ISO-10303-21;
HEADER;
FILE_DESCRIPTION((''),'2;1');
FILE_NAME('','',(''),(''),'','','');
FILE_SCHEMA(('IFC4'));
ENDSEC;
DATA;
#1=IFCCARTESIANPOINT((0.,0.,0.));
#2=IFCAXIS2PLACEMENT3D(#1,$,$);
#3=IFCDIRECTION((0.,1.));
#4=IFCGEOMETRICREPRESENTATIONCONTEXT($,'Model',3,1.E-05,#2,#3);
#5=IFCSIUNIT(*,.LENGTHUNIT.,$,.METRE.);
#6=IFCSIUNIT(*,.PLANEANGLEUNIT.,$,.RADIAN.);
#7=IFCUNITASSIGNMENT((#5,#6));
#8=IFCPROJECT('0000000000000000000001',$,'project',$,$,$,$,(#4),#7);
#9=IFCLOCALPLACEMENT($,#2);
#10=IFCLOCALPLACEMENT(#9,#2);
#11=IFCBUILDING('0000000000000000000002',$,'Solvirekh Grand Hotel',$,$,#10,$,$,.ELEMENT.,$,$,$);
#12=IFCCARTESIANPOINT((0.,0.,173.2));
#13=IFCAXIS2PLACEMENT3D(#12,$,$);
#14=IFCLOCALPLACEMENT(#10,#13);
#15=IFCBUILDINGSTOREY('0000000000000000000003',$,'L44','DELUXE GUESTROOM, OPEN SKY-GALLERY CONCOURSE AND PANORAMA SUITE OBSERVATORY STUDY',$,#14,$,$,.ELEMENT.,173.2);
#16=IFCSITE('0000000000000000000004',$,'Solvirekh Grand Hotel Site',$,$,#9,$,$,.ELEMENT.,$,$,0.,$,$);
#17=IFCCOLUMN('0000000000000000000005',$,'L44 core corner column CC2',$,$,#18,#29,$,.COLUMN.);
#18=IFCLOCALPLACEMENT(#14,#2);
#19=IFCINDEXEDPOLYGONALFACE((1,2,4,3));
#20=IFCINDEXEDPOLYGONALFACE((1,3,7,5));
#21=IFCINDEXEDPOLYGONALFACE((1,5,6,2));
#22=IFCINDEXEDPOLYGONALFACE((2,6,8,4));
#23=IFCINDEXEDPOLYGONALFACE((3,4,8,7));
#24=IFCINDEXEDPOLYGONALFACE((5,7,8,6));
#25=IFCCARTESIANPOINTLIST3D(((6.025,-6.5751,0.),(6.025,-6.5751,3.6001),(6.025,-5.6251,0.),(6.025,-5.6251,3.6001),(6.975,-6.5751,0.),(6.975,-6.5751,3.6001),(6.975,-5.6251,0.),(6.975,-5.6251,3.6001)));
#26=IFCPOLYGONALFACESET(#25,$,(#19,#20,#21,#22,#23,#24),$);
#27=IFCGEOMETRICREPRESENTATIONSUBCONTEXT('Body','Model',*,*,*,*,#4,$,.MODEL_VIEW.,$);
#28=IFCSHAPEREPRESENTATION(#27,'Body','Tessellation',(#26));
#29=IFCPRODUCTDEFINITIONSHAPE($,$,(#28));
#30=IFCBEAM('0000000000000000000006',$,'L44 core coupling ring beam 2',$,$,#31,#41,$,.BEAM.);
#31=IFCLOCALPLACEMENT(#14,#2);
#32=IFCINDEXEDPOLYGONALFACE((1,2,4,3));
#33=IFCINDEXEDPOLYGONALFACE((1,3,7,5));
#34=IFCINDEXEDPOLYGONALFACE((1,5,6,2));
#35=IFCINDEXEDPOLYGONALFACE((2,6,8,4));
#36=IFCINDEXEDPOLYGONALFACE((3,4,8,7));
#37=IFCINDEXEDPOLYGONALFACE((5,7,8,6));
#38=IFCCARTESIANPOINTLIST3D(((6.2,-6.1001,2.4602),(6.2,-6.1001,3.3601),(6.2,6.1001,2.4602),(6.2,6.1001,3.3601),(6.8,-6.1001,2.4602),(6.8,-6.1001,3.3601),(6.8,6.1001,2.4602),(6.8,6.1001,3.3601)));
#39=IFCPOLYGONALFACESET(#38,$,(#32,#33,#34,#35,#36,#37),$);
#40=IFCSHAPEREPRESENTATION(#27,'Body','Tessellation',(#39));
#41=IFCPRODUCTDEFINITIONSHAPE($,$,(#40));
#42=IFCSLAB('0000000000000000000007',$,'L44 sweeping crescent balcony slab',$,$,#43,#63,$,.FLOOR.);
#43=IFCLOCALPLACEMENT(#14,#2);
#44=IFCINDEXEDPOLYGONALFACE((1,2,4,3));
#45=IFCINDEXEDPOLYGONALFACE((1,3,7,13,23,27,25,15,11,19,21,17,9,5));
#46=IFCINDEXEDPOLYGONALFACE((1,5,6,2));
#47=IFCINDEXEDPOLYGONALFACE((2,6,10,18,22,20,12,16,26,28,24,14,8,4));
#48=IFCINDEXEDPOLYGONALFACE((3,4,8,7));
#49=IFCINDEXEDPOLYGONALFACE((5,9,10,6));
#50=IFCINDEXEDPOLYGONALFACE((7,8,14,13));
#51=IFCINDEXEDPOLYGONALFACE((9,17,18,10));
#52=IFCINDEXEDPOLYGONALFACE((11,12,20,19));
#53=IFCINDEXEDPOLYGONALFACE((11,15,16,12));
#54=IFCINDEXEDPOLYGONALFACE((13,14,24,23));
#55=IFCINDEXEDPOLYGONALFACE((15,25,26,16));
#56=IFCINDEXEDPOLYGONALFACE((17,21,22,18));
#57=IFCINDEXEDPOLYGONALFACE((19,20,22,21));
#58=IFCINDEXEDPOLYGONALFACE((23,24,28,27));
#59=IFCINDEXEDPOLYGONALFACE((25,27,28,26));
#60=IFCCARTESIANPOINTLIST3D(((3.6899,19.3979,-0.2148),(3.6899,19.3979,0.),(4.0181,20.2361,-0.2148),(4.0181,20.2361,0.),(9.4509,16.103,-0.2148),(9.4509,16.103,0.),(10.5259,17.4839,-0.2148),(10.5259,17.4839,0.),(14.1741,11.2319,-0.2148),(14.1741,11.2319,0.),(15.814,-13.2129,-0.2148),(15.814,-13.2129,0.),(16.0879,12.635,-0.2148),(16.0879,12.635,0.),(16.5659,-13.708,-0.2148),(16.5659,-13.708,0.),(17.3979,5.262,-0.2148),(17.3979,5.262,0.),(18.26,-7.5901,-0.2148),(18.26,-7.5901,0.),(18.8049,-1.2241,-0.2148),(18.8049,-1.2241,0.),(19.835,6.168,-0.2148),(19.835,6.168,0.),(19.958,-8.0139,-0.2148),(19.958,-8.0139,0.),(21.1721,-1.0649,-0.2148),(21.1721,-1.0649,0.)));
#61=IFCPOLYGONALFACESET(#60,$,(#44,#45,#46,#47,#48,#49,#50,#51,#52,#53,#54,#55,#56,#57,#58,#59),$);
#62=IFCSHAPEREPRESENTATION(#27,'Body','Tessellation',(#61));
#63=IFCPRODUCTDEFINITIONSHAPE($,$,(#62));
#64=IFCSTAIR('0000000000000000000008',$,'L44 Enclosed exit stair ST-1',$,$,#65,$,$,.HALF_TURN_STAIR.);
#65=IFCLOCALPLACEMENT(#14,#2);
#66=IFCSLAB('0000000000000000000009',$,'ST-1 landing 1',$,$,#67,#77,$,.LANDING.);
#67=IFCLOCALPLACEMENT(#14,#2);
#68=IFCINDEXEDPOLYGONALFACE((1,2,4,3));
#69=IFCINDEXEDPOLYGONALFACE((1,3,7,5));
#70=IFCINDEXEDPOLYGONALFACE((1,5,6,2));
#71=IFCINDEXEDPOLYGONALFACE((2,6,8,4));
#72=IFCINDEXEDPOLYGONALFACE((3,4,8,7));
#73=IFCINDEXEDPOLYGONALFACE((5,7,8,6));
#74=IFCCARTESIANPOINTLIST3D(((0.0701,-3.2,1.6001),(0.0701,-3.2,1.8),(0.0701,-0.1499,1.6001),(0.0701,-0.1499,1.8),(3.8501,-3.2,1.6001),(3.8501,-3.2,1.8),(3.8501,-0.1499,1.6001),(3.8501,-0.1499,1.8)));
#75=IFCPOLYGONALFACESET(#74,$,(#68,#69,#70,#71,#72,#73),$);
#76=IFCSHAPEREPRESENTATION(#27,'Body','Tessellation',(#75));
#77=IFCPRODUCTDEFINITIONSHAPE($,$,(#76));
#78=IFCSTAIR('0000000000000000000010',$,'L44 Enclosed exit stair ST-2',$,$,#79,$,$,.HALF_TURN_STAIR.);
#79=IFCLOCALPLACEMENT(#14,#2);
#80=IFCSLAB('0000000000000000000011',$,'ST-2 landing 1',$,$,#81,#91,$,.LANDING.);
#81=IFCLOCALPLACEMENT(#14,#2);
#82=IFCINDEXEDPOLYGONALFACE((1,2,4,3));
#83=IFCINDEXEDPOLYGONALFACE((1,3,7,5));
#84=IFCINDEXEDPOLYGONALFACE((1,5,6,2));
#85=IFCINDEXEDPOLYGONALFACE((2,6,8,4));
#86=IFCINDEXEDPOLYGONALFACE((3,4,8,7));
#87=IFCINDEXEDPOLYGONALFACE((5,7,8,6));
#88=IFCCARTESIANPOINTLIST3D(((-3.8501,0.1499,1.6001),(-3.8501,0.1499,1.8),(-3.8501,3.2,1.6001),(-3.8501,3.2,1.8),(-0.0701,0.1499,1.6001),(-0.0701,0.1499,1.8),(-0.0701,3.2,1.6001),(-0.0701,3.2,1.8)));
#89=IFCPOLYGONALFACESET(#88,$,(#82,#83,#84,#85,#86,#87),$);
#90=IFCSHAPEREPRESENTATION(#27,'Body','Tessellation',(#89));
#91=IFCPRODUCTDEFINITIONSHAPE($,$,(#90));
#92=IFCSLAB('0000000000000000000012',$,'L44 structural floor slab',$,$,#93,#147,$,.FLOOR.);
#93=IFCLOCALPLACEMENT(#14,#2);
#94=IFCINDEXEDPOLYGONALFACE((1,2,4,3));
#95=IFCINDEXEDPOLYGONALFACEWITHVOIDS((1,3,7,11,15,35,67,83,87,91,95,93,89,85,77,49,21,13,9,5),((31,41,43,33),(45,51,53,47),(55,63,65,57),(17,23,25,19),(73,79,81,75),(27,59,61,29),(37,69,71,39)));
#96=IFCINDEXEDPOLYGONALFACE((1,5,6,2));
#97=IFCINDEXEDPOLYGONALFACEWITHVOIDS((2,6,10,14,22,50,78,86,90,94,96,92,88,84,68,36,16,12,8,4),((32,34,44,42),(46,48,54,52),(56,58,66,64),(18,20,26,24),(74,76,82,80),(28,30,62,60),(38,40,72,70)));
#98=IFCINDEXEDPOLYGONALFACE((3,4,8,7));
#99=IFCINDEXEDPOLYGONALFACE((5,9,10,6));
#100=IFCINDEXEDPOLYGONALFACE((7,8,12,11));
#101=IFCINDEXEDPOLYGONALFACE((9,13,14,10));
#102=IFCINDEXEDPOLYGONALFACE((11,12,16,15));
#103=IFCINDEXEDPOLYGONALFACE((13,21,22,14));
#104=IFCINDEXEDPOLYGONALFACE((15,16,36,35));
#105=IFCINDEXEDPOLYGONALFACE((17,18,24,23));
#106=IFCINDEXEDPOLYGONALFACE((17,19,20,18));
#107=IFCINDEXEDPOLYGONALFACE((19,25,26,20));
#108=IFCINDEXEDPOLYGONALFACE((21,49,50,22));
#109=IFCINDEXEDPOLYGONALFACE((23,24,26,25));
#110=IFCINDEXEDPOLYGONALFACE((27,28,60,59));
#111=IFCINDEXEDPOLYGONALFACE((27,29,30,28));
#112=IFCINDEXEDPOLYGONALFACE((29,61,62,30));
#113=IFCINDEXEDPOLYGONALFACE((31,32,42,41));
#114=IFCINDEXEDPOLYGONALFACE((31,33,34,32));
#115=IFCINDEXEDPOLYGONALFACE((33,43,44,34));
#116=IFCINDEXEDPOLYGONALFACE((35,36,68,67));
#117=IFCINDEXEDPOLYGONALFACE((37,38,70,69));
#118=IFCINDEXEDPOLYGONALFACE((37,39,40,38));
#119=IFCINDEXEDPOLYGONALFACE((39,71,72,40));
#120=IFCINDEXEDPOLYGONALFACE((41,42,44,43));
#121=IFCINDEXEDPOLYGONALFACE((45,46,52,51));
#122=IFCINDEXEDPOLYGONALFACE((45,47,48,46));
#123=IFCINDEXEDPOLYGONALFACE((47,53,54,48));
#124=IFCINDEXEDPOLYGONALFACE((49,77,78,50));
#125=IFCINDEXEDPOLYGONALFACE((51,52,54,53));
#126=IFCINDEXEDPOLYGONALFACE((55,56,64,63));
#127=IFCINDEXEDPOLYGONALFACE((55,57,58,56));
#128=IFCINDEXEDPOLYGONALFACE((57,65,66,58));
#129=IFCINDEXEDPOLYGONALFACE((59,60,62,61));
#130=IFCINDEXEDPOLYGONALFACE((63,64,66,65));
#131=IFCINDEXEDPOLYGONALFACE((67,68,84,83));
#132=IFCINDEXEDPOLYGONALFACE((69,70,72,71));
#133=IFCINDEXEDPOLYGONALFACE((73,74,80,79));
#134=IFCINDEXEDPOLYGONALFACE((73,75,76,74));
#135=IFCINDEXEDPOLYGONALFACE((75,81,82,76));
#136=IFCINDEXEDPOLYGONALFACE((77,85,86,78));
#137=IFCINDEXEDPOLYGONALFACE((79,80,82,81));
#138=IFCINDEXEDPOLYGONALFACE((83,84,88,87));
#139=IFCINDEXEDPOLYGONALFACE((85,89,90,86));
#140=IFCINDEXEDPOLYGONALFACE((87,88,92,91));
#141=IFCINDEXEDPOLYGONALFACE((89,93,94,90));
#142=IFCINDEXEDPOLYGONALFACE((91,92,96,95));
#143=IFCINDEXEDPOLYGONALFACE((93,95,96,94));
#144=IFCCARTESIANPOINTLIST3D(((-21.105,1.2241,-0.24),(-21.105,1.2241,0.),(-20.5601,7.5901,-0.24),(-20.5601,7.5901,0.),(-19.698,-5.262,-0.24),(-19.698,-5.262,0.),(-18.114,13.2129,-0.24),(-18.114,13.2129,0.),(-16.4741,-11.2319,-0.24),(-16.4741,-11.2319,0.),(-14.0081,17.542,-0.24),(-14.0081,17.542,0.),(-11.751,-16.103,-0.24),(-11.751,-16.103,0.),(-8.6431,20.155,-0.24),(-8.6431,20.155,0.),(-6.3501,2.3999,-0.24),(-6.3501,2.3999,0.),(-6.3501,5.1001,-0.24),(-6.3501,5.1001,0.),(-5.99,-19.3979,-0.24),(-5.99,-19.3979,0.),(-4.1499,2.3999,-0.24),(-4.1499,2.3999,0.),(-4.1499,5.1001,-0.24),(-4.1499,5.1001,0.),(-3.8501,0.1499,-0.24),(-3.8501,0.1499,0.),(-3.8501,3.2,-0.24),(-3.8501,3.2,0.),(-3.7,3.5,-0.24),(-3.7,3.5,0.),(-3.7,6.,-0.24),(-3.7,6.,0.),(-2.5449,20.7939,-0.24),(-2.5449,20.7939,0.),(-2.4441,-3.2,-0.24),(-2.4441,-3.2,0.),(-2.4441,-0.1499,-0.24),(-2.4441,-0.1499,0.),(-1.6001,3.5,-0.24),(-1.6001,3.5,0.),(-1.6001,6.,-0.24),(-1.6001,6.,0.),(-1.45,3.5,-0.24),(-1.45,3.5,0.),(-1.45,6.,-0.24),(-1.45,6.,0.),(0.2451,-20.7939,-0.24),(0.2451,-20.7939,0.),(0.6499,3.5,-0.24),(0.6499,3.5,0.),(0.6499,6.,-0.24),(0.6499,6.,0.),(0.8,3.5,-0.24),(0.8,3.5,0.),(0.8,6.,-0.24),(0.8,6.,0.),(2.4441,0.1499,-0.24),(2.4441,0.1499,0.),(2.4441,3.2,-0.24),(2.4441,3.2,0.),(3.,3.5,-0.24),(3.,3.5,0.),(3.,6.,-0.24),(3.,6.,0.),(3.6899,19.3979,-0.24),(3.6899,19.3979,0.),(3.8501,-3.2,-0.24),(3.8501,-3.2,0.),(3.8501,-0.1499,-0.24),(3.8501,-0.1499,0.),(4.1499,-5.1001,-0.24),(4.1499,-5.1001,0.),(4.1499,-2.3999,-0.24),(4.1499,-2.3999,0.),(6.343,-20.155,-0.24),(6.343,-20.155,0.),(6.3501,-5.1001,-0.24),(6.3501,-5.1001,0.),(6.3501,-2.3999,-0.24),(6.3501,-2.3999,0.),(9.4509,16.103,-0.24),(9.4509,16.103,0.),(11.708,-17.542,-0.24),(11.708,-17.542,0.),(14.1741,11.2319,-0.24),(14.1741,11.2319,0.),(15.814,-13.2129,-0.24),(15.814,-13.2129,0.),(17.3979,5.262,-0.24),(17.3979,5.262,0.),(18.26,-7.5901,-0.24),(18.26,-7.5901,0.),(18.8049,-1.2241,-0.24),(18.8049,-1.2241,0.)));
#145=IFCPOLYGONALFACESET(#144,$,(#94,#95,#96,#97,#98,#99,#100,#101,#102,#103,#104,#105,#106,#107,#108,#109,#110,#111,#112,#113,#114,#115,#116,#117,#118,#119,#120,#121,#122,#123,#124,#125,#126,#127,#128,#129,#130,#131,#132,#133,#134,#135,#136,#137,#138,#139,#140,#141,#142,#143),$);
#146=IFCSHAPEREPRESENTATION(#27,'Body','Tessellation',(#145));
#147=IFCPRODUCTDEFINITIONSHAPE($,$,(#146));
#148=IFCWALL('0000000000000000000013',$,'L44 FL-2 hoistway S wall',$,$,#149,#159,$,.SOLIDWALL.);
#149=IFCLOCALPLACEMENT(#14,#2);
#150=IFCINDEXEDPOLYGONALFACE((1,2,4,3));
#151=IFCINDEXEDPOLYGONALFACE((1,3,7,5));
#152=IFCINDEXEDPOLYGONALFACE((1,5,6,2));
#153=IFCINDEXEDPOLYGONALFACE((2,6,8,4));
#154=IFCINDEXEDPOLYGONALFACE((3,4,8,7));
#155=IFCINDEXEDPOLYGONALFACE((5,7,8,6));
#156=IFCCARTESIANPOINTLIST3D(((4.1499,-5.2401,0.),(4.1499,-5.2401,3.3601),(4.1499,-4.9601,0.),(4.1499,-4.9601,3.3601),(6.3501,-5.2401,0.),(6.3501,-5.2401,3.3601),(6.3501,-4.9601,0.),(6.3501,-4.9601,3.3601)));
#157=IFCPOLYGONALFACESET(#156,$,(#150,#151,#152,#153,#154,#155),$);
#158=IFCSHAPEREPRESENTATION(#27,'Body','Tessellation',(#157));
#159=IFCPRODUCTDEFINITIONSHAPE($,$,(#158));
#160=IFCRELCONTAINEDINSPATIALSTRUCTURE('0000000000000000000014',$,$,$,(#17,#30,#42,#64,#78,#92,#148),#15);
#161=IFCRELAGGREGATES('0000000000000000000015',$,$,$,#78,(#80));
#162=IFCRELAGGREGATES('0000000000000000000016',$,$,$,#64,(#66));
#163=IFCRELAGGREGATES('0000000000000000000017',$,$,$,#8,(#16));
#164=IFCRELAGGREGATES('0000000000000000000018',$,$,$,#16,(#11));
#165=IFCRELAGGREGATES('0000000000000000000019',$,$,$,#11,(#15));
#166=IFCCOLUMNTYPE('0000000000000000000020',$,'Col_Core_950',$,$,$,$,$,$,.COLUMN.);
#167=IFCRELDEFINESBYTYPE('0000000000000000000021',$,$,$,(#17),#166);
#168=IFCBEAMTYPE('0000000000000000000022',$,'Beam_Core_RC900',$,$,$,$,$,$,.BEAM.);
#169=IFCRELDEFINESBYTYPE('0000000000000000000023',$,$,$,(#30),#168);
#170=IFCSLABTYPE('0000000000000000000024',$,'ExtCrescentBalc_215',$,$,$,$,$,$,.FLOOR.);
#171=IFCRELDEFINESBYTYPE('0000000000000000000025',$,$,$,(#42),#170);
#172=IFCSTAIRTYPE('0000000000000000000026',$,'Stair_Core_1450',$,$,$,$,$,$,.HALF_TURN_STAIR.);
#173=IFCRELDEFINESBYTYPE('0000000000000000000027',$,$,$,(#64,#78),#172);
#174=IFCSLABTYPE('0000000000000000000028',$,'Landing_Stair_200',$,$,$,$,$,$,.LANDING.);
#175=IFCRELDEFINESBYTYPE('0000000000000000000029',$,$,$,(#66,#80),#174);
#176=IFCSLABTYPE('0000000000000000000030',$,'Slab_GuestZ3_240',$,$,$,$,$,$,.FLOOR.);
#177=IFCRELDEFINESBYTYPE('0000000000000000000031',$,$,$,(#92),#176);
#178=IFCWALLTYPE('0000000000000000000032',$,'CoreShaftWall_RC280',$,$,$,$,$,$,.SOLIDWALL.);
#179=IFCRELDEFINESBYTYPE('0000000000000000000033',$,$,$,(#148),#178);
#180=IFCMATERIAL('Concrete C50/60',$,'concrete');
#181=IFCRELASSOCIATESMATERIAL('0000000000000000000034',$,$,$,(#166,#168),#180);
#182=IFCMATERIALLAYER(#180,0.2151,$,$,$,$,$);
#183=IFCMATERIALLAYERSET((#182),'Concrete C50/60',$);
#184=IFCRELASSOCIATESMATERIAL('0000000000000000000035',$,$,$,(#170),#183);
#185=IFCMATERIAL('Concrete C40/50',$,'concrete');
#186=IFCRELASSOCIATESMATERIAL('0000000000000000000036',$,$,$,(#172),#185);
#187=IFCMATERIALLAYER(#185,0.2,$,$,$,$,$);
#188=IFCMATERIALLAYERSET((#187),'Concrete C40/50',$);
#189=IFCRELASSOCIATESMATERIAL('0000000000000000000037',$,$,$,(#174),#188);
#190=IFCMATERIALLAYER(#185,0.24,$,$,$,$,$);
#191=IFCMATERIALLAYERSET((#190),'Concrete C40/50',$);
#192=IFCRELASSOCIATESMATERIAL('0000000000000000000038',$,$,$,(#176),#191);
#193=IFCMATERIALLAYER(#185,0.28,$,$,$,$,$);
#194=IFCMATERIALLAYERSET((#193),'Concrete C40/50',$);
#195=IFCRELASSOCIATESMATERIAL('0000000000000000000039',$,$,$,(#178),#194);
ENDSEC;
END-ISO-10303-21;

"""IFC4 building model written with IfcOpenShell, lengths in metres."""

from ifc_helpers import new_model, si_unit, direction, frame, frame_2d, origin, origin_2d, place, context, subcontext, project, spatial, polyline, rectangle, outline, extrude, material, layer, layer_set, material_profile, profile_set, type_object, element, aggregate, save


model = new_model("IFC4")

# Units and contexts
model_context = context("Model", 3, precision=1e-05, world=origin(), true_north=direction((0.0, 1.0)))
body_context = subcontext(model_context, "Body", "Model", "MODEL_VIEW")
ifc_project = project(units=[si_unit("LENGTHUNIT", "METRE"), si_unit("PLANEANGLEUNIT", "RADIAN")], contexts=[model_context])

# Site, building, storey
site_placement = place(None, origin())
site = spatial("IfcSite", under=ifc_project, at=site_placement, Name="Solvirekh Grand Hotel Site", CompositionType="ELEMENT", RefElevation=0.0)
building_placement = place(site_placement, origin())
building = spatial("IfcBuilding", under=site, at=building_placement, Name="Solvirekh Grand Hotel", CompositionType="ELEMENT")
storey_placement = place(building_placement, frame((0.0, 0.0, 173.2)))
storey = spatial("IfcBuildingStorey", under=building, at=storey_placement, Name="L44", Description="DELUXE GUESTROOM, OPEN SKY-GALLERY CONCOURSE AND PANORAMA SUITE OBSERVATORY STUDY", CompositionType="ELEMENT", Elevation=173.2)

# Column
ifc_material_1 = material(Name="Concrete C50/60", Category="concrete")
ifc_material_profile_1 = material_profile(ifc_material_1, rectangle(XDim=0.95, YDim=0.95, at=origin_2d()), Name="RC 950X950")
ifc_profile_set_1 = profile_set([ifc_material_profile_1], Name="Concrete C50/60")
column_type = type_object("IfcColumnType", Name="Col_Core_950", PredefinedType="COLUMN", material=ifc_profile_set_1)
column_placement = place(storey_placement, frame((6.5, -6.1001, 0.0), z_axis=(0.0, 0.0, 1.0), x_axis=(1.0, 0.0, 0.0)))
element("IfcColumn", 1, at=column_placement, inside=storey, type_object=column_type, Name="L44 core corner column CC2", PredefinedType="COLUMN", context=body_context, shape_type="SweptSolid", body=[
    extrude(rectangle(XDim=0.95, YDim=0.95, at=origin_2d()), origin(), (0.0, 0.0, 1.0), 3.6001),
])

# Beam
ifc_material_profile_2 = material_profile(ifc_material_1, rectangle(XDim=0.6001, YDim=0.8999, at=origin_2d()), Name="RC BEAM 600X900")
ifc_profile_set_2 = profile_set([ifc_material_profile_2], Name="Concrete C50/60")
beam_type = type_object("IfcBeamType", Name="Beam_Core_RC900", PredefinedType="BEAM", material=ifc_profile_set_2)
beam_placement = place(storey_placement, frame((6.5, -6.1001, 2.9102), z_axis=(0.0, 1.0, 0.0), x_axis=(-1.0, 0.0, 0.0)))
element("IfcBeam", 2, at=beam_placement, inside=storey, type_object=beam_type, Name="L44 core coupling ring beam 2", PredefinedType="BEAM", context=body_context, shape_type="SweptSolid", body=[
    extrude(rectangle(XDim=0.6001, YDim=0.8999, at=origin_2d()), origin(), (0.0, 0.0, 1.0), 12.2002),
])

# Slab
ifc_layer_1 = layer(ifc_material_1, 0.2151)
ifc_layer_set_1 = layer_set([ifc_layer_1], Name="Concrete C50/60")
slab_type_1 = type_object("IfcSlabType", Name="ExtCrescentBalc_215", PredefinedType="FLOOR", material=ifc_layer_set_1)
slab_1_placement = place(storey_placement, frame((0.0, 0.0, -0.2148)))
element("IfcSlab", 3, at=slab_1_placement, inside=storey, type_object=slab_type_1, Name="L44 sweeping crescent balcony slab", PredefinedType="FLOOR", context=body_context, shape_type="SweptSolid", body=[
    extrude(outline(polyline([(16.5659, -13.708), (19.958, -8.0139), (21.1721, -1.0649), (19.835, 6.168), (16.0879, 12.635), (10.5259, 17.4839), (4.0181, 20.2361), (3.6899, 19.3979), (9.4509, 16.103), (14.1741, 11.2319), (17.3979, 5.262), (18.8049, -1.2241), (18.26, -7.5901), (15.814, -13.2129), (16.5659, -13.708)])), origin(), (0.0, 0.0, 1.0), 0.2148),
])

# Stairs, slabs
ifc_material_2 = material(Name="Concrete C40/50", Category="concrete")
stair_type = type_object("IfcStairType", Name="Stair_Core_1450", PredefinedType="HALF_TURN_STAIR", material=ifc_material_2)
stair_1_placement = place(storey_placement, origin())
stair_1 = element("IfcStair", 4, at=stair_1_placement, inside=storey, type_object=stair_type, Name="L44 Enclosed exit stair ST-1", PredefinedType="HALF_TURN_STAIR")
ifc_layer_2 = layer(ifc_material_2, 0.2)
ifc_layer_set_2 = layer_set([ifc_layer_2], Name="Concrete C40/50")
slab_type_2 = type_object("IfcSlabType", Name="Landing_Stair_200", PredefinedType="LANDING", material=ifc_layer_set_2)
slab_2_placement = place(storey_placement, frame((0.0, 0.0, 1.6001)))
slab_2 = element("IfcSlab", 5, at=slab_2_placement, type_object=slab_type_2, Name="ST-1 landing 1", PredefinedType="LANDING", context=body_context, shape_type="SweptSolid", body=[
    extrude(outline(polyline([(0.0701, -3.2), (3.8501, -3.2), (3.8501, -0.1499), (0.0701, -0.1499), (0.0701, -3.2)])), origin(), (0.0, 0.0, 1.0), 0.2),
])
stair_2_placement = place(storey_placement, origin())
stair_2 = element("IfcStair", 6, at=stair_2_placement, inside=storey, type_object=stair_type, Name="L44 Enclosed exit stair ST-2", PredefinedType="HALF_TURN_STAIR")
slab_3_placement = place(storey_placement, frame((0.0, 0.0, 1.6001)))
slab_3 = element("IfcSlab", 7, at=slab_3_placement, type_object=slab_type_2, Name="ST-2 landing 1", PredefinedType="LANDING", context=body_context, shape_type="SweptSolid", body=[
    extrude(outline(polyline([(-0.0701, 3.2), (-3.8501, 3.2), (-3.8501, 0.1499), (-0.0701, 0.1499), (-0.0701, 3.2)])), origin(), (0.0, 0.0, 1.0), 0.2),
])
aggregate(stair_2, [slab_3])

# Slab
ifc_layer_3 = layer(ifc_material_2, 0.24)
ifc_layer_set_3 = layer_set([ifc_layer_3], Name="Concrete C40/50")
slab_type_3 = type_object("IfcSlabType", Name="Slab_GuestZ3_240", PredefinedType="FLOOR", material=ifc_layer_set_3)
slab_4_placement = place(storey_placement, frame((0.0, 0.0, -0.24)))
element("IfcSlab", 8, at=slab_4_placement, inside=storey, type_object=slab_type_3, Name="L44 structural floor slab", PredefinedType="FLOOR", context=body_context, shape_type="SweptSolid", body=[
    extrude(outline(polyline([(11.708, -17.542), (15.814, -13.2129), (18.26, -7.5901), (18.8049, -1.2241), (17.3979, 5.262), (14.1741, 11.2319), (9.4509, 16.103), (3.6899, 19.3979), (-2.5449, 20.7939), (-8.6431, 20.155), (-14.0081, 17.542), (-18.114, 13.2129), (-20.5601, 7.5901), (-21.105, 1.2241), (-19.698, -5.262), (-16.4741, -11.2319), (-11.751, -16.103), (-5.99, -19.3979), (0.2451, -20.7939), (6.343, -20.155), (11.708, -17.542)]), holes=[polyline([(-2.4441, -0.1499), (3.8501, -0.1499), (3.8501, -3.2), (-2.4441, -3.2), (-2.4441, -0.1499)]), polyline([(2.4441, 0.1499), (-3.8501, 0.1499), (-3.8501, 3.2), (2.4441, 3.2), (2.4441, 0.1499)]), polyline([(-3.7, 6.0), (-1.6001, 6.0), (-1.6001, 3.5), (-3.7, 3.5), (-3.7, 6.0)]), polyline([(-1.45, 6.0), (0.6499, 6.0), (0.6499, 3.5), (-1.45, 3.5), (-1.45, 6.0)]), polyline([(0.8, 6.0), (3.0, 6.0), (3.0, 3.5), (0.8, 3.5), (0.8, 6.0)]), polyline([(-6.3501, 5.1001), (-4.1499, 5.1001), (-4.1499, 2.3999), (-6.3501, 2.3999), (-6.3501, 5.1001)]), polyline([(4.1499, -2.3999), (6.3501, -2.3999), (6.3501, -5.1001), (4.1499, -5.1001), (4.1499, -2.3999)])]), origin(), (0.0, 0.0, 1.0), 0.24),
])

# Wall
ifc_layer_4 = layer(ifc_material_2, 0.28)
ifc_layer_set_4 = layer_set([ifc_layer_4], Name="Concrete C40/50")
wall_type_1 = type_object("IfcWallType", Name="CoreShaftWall_RC280", PredefinedType="SOLIDWALL", material=ifc_layer_set_4)
wall_1_placement = place(storey_placement, frame((4.1499, -5.1001, 0.0), z_axis=(0.0, 0.0, 1.0), x_axis=(1.0, 0.0, 0.0)))
element("IfcWall", 9, at=wall_1_placement, inside=storey, type_object=wall_type_1, Name="L44 FL-2 hoistway S wall", PredefinedType="SOLIDWALL", context=body_context, shape_type="SweptSolid", body=[
    extrude(rectangle(XDim=2.2002, YDim=0.28, at=frame_2d((1.1001, 0.0))), origin(), (0.0, 0.0, 1.0), 3.3601),
])

aggregate(stair_1, [slab_2])

save(model, "model.ifc")
